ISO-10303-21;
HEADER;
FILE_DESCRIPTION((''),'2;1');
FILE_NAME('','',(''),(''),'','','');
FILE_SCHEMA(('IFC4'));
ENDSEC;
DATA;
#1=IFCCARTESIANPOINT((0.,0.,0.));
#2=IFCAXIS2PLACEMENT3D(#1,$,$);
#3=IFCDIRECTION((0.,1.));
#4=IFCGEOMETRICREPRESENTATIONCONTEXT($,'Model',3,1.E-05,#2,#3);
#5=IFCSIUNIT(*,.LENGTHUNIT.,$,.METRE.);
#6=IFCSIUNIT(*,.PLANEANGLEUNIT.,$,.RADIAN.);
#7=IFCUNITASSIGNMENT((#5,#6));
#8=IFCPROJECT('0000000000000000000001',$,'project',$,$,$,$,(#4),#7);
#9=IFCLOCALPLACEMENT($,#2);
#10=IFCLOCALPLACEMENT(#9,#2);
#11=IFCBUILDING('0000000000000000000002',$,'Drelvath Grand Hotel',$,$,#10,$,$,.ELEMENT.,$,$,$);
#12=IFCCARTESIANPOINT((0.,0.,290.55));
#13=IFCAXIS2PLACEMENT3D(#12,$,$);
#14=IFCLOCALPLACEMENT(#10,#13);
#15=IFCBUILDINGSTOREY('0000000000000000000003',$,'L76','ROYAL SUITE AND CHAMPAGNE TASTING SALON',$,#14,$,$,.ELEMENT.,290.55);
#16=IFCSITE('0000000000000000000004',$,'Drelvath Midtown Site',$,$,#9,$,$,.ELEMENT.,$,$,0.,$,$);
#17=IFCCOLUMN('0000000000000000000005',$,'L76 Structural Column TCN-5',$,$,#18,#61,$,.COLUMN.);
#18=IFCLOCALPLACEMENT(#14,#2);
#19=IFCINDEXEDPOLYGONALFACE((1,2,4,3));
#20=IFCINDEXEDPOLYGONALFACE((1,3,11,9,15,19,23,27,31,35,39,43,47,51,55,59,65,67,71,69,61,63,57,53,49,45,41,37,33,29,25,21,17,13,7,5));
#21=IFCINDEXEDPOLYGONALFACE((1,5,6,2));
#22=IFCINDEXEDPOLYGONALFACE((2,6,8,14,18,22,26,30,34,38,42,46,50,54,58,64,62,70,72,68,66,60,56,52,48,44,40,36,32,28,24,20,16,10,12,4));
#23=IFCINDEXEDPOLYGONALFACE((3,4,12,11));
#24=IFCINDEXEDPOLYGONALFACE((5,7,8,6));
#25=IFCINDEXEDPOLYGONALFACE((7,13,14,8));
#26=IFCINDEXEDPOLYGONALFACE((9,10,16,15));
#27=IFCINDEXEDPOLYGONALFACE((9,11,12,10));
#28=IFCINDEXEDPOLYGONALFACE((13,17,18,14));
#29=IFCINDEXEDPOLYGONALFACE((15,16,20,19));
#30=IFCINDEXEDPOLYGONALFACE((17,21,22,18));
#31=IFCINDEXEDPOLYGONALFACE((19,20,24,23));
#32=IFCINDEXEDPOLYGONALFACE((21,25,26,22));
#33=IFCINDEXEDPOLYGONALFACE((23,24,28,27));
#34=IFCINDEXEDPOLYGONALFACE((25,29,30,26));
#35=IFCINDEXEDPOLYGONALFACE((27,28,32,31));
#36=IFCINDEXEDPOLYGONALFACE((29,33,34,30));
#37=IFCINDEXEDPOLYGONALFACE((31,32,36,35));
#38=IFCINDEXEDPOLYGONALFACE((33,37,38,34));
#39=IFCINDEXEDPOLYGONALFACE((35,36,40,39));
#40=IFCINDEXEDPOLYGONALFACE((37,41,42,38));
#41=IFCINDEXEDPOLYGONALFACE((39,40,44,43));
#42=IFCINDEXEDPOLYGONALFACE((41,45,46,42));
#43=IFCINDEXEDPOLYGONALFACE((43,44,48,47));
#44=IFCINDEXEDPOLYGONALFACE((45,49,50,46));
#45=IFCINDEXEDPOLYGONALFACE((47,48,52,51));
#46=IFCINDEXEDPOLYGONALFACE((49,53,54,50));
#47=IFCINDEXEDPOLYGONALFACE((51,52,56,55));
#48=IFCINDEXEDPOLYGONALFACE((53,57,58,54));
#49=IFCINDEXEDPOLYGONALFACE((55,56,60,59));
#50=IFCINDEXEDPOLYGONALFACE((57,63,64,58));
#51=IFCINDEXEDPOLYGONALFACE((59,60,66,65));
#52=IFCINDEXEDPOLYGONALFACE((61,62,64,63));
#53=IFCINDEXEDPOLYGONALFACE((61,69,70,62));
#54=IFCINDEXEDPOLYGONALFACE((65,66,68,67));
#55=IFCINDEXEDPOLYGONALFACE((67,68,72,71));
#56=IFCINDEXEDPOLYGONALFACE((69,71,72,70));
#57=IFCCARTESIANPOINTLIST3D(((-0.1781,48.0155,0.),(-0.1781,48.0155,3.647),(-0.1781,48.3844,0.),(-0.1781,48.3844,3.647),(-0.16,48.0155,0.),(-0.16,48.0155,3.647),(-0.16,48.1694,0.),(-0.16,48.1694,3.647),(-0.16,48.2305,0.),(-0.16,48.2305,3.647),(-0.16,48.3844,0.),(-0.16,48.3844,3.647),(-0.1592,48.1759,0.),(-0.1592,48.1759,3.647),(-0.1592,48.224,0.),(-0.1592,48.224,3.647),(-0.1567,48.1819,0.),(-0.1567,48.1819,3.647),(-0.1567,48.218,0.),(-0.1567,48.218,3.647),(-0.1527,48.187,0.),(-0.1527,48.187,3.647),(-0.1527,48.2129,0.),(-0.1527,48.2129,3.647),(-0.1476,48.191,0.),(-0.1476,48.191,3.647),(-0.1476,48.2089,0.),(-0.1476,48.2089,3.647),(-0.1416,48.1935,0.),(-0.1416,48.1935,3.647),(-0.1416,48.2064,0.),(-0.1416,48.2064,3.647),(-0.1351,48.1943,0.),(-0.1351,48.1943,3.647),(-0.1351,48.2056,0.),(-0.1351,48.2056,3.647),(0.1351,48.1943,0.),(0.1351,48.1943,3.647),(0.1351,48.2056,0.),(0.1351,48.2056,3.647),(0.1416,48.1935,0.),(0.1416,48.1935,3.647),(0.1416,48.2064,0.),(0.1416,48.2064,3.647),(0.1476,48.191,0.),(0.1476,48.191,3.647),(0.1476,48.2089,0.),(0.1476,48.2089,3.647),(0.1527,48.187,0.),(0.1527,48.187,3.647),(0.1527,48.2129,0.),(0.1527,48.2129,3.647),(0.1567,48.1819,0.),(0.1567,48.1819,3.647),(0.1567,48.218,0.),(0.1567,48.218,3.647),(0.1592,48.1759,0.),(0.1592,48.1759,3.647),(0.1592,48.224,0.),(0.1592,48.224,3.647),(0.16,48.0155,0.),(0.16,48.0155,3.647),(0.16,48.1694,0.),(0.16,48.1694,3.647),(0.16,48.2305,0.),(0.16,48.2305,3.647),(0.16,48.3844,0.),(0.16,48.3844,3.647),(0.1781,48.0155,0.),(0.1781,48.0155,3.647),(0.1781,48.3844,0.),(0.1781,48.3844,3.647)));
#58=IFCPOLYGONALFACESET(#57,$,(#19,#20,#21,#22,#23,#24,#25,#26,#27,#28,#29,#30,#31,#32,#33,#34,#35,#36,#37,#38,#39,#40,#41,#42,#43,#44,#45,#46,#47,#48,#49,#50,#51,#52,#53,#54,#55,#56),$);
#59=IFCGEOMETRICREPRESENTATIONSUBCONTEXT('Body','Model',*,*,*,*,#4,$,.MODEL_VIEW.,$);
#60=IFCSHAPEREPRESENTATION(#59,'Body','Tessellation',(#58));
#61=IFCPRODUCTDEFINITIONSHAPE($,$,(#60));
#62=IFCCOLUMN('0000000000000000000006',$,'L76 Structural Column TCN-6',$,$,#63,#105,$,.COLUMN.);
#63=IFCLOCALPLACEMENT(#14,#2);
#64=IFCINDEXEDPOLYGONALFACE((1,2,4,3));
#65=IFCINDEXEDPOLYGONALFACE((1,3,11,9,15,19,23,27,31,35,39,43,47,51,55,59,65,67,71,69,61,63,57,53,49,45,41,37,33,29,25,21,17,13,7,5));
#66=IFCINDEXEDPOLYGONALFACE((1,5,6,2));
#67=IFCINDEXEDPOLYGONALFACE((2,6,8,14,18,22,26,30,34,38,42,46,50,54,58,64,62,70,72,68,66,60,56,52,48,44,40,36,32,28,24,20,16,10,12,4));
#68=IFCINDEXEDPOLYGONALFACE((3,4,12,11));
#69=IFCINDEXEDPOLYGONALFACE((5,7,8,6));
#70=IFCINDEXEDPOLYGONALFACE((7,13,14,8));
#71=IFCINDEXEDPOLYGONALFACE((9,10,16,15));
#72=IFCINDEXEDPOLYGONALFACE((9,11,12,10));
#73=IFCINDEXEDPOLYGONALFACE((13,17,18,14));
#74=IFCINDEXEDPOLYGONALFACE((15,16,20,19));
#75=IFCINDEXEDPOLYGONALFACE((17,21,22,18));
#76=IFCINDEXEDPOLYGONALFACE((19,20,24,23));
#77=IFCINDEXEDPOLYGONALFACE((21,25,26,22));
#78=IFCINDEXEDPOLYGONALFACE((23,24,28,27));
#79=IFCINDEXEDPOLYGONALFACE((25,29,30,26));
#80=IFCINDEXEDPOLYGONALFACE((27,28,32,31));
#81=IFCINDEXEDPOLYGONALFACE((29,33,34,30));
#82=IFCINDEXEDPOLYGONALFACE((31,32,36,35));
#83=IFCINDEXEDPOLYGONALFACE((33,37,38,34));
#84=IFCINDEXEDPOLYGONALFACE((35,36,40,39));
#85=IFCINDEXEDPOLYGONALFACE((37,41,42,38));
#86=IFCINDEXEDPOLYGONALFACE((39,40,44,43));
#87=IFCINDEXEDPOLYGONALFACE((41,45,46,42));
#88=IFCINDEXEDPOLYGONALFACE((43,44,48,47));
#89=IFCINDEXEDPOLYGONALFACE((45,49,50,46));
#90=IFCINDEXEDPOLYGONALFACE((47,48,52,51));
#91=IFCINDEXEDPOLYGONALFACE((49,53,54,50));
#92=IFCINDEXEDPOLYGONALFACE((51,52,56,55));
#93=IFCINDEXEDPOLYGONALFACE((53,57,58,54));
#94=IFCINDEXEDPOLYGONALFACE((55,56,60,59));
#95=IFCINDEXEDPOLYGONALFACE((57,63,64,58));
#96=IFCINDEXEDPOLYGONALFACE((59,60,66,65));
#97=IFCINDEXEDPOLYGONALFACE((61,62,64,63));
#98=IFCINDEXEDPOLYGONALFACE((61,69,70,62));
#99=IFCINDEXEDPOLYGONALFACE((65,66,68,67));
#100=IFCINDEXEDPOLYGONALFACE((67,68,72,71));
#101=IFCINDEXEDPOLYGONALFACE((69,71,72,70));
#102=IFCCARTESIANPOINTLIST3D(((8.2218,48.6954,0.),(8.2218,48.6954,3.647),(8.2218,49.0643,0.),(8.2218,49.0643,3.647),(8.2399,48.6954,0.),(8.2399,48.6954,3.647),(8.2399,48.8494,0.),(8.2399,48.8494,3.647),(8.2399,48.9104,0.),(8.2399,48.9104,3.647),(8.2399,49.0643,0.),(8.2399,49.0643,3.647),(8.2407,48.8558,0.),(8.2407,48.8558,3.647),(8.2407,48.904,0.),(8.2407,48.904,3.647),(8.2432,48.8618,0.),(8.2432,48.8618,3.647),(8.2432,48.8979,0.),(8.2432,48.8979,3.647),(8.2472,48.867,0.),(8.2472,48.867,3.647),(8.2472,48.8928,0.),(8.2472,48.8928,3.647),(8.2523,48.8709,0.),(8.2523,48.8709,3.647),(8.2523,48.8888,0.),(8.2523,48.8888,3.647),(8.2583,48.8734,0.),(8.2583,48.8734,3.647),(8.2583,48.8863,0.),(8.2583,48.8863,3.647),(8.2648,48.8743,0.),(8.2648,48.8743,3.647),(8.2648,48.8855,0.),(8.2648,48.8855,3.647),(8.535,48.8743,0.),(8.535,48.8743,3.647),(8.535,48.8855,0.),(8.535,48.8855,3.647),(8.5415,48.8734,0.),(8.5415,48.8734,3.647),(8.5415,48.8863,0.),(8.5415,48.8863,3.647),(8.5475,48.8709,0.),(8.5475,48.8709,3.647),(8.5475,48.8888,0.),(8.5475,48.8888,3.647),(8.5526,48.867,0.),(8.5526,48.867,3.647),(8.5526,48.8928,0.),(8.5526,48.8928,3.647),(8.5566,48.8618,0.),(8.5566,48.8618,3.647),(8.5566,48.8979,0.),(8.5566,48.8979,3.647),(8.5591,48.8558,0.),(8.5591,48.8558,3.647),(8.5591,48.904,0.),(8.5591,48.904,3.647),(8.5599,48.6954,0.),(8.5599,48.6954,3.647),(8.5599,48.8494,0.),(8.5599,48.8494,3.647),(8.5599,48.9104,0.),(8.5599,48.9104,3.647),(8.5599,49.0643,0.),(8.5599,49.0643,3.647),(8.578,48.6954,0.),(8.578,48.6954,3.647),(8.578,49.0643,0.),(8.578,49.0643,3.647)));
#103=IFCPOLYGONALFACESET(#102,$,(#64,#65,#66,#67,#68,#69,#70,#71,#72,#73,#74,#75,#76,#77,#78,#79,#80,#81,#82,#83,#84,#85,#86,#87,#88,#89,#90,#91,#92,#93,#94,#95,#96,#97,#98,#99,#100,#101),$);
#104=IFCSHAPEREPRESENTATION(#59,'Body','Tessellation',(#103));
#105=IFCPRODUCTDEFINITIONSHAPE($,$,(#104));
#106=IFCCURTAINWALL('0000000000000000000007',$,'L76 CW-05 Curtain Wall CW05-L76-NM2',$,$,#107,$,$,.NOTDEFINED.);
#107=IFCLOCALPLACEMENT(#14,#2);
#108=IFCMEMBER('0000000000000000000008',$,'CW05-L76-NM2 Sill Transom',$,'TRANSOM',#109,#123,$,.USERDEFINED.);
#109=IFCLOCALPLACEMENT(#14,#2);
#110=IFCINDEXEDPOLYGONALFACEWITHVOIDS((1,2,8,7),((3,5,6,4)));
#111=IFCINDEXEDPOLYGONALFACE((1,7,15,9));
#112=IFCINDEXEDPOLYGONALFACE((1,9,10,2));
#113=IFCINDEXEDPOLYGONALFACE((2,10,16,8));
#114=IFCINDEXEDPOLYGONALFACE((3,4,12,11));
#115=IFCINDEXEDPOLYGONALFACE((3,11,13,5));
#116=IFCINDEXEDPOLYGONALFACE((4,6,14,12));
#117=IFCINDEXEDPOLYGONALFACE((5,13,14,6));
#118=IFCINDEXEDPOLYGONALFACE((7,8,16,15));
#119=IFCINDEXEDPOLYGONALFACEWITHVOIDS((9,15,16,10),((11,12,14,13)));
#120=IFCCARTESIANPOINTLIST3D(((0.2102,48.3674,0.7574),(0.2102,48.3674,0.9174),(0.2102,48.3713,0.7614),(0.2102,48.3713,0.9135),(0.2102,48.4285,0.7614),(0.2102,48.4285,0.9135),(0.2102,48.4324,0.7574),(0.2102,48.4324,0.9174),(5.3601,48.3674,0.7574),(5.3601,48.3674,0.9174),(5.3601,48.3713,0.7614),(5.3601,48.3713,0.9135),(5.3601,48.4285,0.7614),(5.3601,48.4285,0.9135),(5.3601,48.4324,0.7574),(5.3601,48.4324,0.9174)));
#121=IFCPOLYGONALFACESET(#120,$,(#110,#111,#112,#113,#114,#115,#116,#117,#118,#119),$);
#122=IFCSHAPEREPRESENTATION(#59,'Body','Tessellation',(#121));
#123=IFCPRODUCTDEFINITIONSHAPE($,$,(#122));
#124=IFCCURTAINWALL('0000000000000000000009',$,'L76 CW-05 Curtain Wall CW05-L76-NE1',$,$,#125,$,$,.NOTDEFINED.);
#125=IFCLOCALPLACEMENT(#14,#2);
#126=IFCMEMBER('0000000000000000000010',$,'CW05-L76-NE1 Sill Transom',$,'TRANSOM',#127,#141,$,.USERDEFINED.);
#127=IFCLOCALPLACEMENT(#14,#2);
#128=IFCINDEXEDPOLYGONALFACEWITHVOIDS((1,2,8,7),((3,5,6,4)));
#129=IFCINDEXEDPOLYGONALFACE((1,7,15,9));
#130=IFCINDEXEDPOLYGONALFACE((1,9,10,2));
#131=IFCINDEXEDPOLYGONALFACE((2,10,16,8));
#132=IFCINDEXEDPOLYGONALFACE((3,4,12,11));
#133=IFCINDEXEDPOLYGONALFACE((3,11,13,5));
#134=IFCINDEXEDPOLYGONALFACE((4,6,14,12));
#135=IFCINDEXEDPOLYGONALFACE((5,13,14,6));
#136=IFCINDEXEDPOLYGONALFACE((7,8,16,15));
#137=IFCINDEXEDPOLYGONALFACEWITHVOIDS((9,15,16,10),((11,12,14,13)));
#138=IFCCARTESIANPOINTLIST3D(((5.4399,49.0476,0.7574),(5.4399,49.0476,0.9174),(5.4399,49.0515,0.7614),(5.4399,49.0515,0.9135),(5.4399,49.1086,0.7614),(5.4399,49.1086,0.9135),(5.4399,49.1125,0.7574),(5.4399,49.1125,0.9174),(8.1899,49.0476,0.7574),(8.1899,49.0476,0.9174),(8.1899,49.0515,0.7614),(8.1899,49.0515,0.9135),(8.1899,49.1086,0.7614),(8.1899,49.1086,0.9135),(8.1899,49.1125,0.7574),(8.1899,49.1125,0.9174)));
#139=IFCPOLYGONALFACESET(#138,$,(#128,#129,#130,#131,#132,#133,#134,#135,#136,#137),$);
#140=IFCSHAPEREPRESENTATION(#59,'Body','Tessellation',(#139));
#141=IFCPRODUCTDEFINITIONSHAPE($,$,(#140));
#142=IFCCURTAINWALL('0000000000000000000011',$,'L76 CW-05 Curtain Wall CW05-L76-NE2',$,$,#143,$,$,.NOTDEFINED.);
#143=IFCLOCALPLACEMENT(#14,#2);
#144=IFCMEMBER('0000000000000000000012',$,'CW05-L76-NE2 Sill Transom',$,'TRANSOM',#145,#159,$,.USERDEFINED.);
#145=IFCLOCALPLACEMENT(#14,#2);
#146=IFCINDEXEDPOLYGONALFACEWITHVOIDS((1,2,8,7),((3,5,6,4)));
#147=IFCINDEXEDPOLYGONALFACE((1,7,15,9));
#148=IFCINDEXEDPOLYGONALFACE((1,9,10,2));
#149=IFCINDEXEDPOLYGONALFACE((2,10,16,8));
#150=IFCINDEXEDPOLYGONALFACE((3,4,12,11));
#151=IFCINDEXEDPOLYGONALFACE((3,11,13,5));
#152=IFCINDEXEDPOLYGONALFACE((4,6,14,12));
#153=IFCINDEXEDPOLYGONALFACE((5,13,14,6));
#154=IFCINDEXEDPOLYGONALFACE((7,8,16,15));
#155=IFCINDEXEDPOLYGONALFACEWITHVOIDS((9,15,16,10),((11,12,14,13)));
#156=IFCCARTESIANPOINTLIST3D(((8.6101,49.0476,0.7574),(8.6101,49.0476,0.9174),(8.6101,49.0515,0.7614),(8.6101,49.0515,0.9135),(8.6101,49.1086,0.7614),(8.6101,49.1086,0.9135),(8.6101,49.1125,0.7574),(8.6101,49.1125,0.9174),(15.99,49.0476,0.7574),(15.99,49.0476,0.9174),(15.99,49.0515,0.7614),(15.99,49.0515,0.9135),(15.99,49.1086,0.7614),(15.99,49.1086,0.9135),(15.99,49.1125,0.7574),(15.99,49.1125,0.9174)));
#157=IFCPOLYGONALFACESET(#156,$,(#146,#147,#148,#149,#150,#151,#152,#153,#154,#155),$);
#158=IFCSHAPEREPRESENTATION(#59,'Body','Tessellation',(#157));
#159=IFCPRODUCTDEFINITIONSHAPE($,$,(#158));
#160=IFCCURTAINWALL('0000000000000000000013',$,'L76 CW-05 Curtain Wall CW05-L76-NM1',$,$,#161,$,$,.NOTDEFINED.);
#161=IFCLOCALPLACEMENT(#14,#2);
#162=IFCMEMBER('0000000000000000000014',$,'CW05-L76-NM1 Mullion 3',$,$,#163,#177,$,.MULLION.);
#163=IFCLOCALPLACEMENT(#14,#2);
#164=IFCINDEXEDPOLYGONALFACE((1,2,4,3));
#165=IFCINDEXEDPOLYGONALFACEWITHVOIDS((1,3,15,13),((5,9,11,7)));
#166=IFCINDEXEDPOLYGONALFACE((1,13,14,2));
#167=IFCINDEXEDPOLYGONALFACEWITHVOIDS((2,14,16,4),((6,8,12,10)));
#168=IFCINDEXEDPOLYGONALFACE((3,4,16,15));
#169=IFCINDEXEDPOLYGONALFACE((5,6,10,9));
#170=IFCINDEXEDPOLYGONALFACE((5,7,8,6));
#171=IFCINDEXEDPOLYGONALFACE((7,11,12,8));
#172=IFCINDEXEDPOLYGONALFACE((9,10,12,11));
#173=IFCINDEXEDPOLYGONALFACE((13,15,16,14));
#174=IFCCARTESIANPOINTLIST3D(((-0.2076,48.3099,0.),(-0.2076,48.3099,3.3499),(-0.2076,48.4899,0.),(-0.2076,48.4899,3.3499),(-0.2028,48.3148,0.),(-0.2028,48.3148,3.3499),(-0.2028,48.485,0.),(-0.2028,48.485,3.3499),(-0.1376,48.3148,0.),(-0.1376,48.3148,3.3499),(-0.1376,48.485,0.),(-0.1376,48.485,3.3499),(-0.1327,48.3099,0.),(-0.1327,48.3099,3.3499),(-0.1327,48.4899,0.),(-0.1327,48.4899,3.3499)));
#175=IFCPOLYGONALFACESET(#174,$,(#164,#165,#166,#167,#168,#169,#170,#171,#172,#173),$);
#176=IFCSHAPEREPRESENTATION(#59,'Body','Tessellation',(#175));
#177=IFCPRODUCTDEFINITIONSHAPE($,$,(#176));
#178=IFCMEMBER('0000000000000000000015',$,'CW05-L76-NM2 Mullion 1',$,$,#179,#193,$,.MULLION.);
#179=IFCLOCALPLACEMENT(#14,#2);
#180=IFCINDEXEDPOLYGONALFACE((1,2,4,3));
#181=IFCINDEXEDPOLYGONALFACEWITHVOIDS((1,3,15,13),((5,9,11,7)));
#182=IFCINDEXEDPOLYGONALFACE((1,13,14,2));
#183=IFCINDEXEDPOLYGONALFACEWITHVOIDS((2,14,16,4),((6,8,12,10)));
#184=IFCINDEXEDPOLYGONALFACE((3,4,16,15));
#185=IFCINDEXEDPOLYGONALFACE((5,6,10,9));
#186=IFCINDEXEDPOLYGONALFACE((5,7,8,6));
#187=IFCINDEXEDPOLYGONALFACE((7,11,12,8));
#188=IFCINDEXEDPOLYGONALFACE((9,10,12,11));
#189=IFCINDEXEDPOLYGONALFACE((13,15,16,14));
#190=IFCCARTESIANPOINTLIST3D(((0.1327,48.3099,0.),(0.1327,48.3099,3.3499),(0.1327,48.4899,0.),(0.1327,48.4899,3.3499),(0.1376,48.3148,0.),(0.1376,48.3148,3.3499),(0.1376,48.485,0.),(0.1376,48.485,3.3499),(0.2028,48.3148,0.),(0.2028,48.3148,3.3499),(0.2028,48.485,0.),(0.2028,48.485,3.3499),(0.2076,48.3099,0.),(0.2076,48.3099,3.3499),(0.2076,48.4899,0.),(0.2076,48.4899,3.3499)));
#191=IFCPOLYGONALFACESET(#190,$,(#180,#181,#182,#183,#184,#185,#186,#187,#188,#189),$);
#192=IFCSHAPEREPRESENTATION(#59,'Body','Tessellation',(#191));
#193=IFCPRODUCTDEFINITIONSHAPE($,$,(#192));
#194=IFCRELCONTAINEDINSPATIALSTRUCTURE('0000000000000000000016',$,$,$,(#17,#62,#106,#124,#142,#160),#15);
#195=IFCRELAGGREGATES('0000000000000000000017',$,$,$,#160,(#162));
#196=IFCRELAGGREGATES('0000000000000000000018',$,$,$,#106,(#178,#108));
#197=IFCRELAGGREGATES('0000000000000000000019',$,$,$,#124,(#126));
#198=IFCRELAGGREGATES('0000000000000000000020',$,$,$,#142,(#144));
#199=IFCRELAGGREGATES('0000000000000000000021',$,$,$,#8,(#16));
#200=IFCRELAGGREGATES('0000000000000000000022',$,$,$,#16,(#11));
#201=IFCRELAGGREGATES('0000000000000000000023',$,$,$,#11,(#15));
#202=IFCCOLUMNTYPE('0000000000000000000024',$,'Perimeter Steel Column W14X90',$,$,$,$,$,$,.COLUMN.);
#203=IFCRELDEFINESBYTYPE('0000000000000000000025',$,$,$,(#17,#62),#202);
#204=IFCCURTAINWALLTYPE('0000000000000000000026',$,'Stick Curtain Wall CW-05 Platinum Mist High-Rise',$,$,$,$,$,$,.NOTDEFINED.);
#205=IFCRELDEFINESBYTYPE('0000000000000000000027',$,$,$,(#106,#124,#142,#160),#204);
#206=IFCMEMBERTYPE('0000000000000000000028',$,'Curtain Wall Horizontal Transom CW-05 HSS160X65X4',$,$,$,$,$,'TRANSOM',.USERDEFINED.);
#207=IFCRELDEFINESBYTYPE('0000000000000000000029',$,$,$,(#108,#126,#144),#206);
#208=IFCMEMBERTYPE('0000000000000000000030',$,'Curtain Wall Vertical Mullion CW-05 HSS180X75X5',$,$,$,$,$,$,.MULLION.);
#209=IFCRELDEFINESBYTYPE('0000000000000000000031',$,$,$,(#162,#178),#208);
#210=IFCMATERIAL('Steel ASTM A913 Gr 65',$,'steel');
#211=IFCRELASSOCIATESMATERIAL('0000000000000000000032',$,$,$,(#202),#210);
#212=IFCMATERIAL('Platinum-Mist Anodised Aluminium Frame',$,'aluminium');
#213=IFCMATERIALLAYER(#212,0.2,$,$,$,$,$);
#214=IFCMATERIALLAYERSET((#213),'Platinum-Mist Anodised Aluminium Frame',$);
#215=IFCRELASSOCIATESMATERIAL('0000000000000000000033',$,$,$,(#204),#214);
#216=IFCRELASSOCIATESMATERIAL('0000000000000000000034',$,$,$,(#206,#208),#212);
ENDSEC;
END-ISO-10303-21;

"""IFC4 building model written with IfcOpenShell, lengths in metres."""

from ifc_helpers import new_model, si_unit, direction, frame, origin, origin_2d, place, context, subcontext, project, spatial, hollow_rectangle, i_section, extrude, material, layer, layer_set, material_profile, profile_set, type_object, element, aggregate, save


model = new_model("IFC4")

# Units and contexts
model_context = context("Model", 3, precision=1e-05, world=origin(), true_north=direction((0.0, 1.0)))
body_context = subcontext(model_context, "Body", "Model", "MODEL_VIEW")
ifc_project = project(units=[si_unit("LENGTHUNIT", "METRE"), si_unit("PLANEANGLEUNIT", "RADIAN")], contexts=[model_context])

# Site, building, storey
site_placement = place(None, origin())
site = spatial("IfcSite", under=ifc_project, at=site_placement, Name="Drelvath Midtown Site", CompositionType="ELEMENT", RefElevation=0.0)
building_placement = place(site_placement, origin())
building = spatial("IfcBuilding", under=site, at=building_placement, Name="Drelvath Grand Hotel", CompositionType="ELEMENT")
storey_placement = place(building_placement, frame((0.0, 0.0, 290.55)))
storey = spatial("IfcBuildingStorey", under=building, at=storey_placement, Name="L76", Description="ROYAL SUITE AND CHAMPAGNE TASTING SALON", CompositionType="ELEMENT", Elevation=290.55)

# Columns
ifc_material_1 = material(Name="Steel ASTM A913 Gr 65", Category="steel")
ifc_material_profile_1 = material_profile(ifc_material_1, i_section(OverallWidth=0.3689, OverallDepth=0.3562, WebThickness=0.0112, FlangeThickness=0.0181, FilletRadius=0.0249, at=origin_2d()), Name="W14X90")
ifc_profile_set_1 = profile_set([ifc_material_profile_1], Name="Steel ASTM A913 Gr 65")
column_type = type_object("IfcColumnType", Name="Perimeter Steel Column W14X90", PredefinedType="COLUMN", material=ifc_profile_set_1)
for number, where, z_axis, x_axis, name in (
    (1, (0.0, 48.2, 0.0), (0.0, 0.0, 1.0), (0.0, 1.0, 0.0), "L76 Structural Column TCN-5"),
    (2, (8.3999, 48.8799, 0.0), (0.0, 0.0, 1.0), (0.0, 1.0, 0.0), "L76 Structural Column TCN-6"),
):
    element("IfcColumn", number, at=place(storey_placement, frame(where, z_axis=z_axis, x_axis=x_axis)), inside=storey, type_object=column_type, Name=name, PredefinedType="COLUMN", context=body_context, shape_type="SweptSolid", body=[
        extrude(i_section(OverallWidth=0.3689, OverallDepth=0.3562, WebThickness=0.0112, FlangeThickness=0.0181, FilletRadius=0.0249, at=origin_2d()), origin(), (0.0, 0.0, 1.0), 3.647),
    ])

# Curtain walls, members
ifc_material_2 = material(Name="Platinum-Mist Anodised Aluminium Frame", Category="aluminium")
ifc_layer_1 = layer(ifc_material_2, 0.2)
ifc_layer_set_1 = layer_set([ifc_layer_1], Name="Platinum-Mist Anodised Aluminium Frame")
curtain_wall_type = type_object("IfcCurtainWallType", Name="Stick Curtain Wall CW-05 Platinum Mist High-Rise", PredefinedType="NOTDEFINED", material=ifc_layer_set_1)
curtain_wall_1_placement = place(storey_placement, origin())
curtain_wall_1 = element("IfcCurtainWall", 3, at=curtain_wall_1_placement, inside=storey, type_object=curtain_wall_type, Name="L76 CW-05 Curtain Wall CW05-L76-NM2", PredefinedType="NOTDEFINED")
ifc_material_profile_2 = material_profile(ifc_material_2, hollow_rectangle(XDim=0.0649, YDim=0.1599, WallThickness=0.0039, at=origin_2d()), Name="HSS160X65X4")
ifc_profile_set_2 = profile_set([ifc_material_profile_2], Name="Platinum-Mist Anodised Aluminium Frame")
member_type_1 = type_object("IfcMemberType", Name="Curtain Wall Horizontal Transom CW-05 HSS160X65X4", ElementType="TRANSOM", PredefinedType="USERDEFINED", material=ifc_profile_set_2)
member_1_placement = place(storey_placement, frame((0.2102, 48.3999, 0.8374), z_axis=(1.0, 0.0, 0.0), x_axis=(0.0, 1.0, 0.0)))
member_1 = element("IfcMember", 4, at=member_1_placement, type_object=member_type_1, Name="CW05-L76-NM2 Sill Transom", ObjectType="TRANSOM", PredefinedType="USERDEFINED", context=body_context, shape_type="SweptSolid", body=[
    extrude(hollow_rectangle(XDim=0.0649, YDim=0.1599, WallThickness=0.0039, at=origin_2d()), origin(), (0.0, 0.0, 1.0), 5.1499),
])
curtain_wall_2_placement = place(storey_placement, origin())
curtain_wall_2 = element("IfcCurtainWall", 5, at=curtain_wall_2_placement, inside=storey, type_object=curtain_wall_type, Name="L76 CW-05 Curtain Wall CW05-L76-NE1", PredefinedType="NOTDEFINED")
member_2_placement = place(storey_placement, frame((5.4399, 49.0801, 0.8374), z_axis=(1.0, 0.0, 0.0), x_axis=(0.0, 1.0, 0.0)))
member_2 = element("IfcMember", 6, at=member_2_placement, type_object=member_type_1, Name="CW05-L76-NE1 Sill Transom", ObjectType="TRANSOM", PredefinedType="USERDEFINED", context=body_context, shape_type="SweptSolid", body=[
    extrude(hollow_rectangle(XDim=0.0649, YDim=0.1599, WallThickness=0.0039, at=origin_2d()), origin(), (0.0, 0.0, 1.0), 2.75),
])
curtain_wall_3_placement = place(storey_placement, origin())
curtain_wall_3 = element("IfcCurtainWall", 7, at=curtain_wall_3_placement, inside=storey, type_object=curtain_wall_type, Name="L76 CW-05 Curtain Wall CW05-L76-NE2", PredefinedType="NOTDEFINED")
member_3_placement = place(storey_placement, frame((8.6101, 49.0801, 0.8374), z_axis=(1.0, 0.0, 0.0), x_axis=(0.0, 1.0, 0.0)))
member_3 = element("IfcMember", 8, at=member_3_placement, type_object=member_type_1, Name="CW05-L76-NE2 Sill Transom", ObjectType="TRANSOM", PredefinedType="USERDEFINED", context=body_context, shape_type="SweptSolid", body=[
    extrude(hollow_rectangle(XDim=0.0649, YDim=0.1599, WallThickness=0.0039, at=origin_2d()), origin(), (0.0, 0.0, 1.0), 7.3799),
])
curtain_wall_4_placement = place(storey_placement, origin())
curtain_wall_4 = element("IfcCurtainWall", 9, at=curtain_wall_4_placement, inside=storey, type_object=curtain_wall_type, Name="L76 CW-05 Curtain Wall CW05-L76-NM1", PredefinedType="NOTDEFINED")
ifc_material_profile_3 = material_profile(ifc_material_2, hollow_rectangle(XDim=0.075, YDim=0.1799, WallThickness=0.0049, at=origin_2d()), Name="HSS180X75X5")
ifc_profile_set_3 = profile_set([ifc_material_profile_3], Name="Platinum-Mist Anodised Aluminium Frame")
member_type_2 = type_object("IfcMemberType", Name="Curtain Wall Vertical Mullion CW-05 HSS180X75X5", PredefinedType="MULLION", material=ifc_profile_set_3)
member_4_placement = place(storey_placement, frame((-0.1702, 48.3999, 0.0), z_axis=(0.0, 0.0, 1.0), x_axis=(1.0, 0.0, 0.0)))
member_4 = element("IfcMember", 10, at=member_4_placement, type_object=member_type_2, Name="CW05-L76-NM1 Mullion 3", PredefinedType="MULLION", context=body_context, shape_type="SweptSolid", body=[
    extrude(hollow_rectangle(XDim=0.075, YDim=0.1799, WallThickness=0.0049, at=origin_2d()), origin(), (0.0, 0.0, 1.0), 3.3499),
])
aggregate(curtain_wall_4, [member_4])

# Member
member_5_placement = place(storey_placement, frame((0.1702, 48.3999, 0.0), z_axis=(0.0, 0.0, 1.0), x_axis=(1.0, 0.0, 0.0)))
member_5 = element("IfcMember", 11, at=member_5_placement, type_object=member_type_2, Name="CW05-L76-NM2 Mullion 1", PredefinedType="MULLION", context=body_context, shape_type="SweptSolid", body=[
    extrude(hollow_rectangle(XDim=0.075, YDim=0.1799, WallThickness=0.0049, at=origin_2d()), origin(), (0.0, 0.0, 1.0), 3.3499),
])

aggregate(curtain_wall_1, [member_5, member_1])
aggregate(curtain_wall_2, [member_2])
aggregate(curtain_wall_3, [member_3])

save(model, "model.ifc")
